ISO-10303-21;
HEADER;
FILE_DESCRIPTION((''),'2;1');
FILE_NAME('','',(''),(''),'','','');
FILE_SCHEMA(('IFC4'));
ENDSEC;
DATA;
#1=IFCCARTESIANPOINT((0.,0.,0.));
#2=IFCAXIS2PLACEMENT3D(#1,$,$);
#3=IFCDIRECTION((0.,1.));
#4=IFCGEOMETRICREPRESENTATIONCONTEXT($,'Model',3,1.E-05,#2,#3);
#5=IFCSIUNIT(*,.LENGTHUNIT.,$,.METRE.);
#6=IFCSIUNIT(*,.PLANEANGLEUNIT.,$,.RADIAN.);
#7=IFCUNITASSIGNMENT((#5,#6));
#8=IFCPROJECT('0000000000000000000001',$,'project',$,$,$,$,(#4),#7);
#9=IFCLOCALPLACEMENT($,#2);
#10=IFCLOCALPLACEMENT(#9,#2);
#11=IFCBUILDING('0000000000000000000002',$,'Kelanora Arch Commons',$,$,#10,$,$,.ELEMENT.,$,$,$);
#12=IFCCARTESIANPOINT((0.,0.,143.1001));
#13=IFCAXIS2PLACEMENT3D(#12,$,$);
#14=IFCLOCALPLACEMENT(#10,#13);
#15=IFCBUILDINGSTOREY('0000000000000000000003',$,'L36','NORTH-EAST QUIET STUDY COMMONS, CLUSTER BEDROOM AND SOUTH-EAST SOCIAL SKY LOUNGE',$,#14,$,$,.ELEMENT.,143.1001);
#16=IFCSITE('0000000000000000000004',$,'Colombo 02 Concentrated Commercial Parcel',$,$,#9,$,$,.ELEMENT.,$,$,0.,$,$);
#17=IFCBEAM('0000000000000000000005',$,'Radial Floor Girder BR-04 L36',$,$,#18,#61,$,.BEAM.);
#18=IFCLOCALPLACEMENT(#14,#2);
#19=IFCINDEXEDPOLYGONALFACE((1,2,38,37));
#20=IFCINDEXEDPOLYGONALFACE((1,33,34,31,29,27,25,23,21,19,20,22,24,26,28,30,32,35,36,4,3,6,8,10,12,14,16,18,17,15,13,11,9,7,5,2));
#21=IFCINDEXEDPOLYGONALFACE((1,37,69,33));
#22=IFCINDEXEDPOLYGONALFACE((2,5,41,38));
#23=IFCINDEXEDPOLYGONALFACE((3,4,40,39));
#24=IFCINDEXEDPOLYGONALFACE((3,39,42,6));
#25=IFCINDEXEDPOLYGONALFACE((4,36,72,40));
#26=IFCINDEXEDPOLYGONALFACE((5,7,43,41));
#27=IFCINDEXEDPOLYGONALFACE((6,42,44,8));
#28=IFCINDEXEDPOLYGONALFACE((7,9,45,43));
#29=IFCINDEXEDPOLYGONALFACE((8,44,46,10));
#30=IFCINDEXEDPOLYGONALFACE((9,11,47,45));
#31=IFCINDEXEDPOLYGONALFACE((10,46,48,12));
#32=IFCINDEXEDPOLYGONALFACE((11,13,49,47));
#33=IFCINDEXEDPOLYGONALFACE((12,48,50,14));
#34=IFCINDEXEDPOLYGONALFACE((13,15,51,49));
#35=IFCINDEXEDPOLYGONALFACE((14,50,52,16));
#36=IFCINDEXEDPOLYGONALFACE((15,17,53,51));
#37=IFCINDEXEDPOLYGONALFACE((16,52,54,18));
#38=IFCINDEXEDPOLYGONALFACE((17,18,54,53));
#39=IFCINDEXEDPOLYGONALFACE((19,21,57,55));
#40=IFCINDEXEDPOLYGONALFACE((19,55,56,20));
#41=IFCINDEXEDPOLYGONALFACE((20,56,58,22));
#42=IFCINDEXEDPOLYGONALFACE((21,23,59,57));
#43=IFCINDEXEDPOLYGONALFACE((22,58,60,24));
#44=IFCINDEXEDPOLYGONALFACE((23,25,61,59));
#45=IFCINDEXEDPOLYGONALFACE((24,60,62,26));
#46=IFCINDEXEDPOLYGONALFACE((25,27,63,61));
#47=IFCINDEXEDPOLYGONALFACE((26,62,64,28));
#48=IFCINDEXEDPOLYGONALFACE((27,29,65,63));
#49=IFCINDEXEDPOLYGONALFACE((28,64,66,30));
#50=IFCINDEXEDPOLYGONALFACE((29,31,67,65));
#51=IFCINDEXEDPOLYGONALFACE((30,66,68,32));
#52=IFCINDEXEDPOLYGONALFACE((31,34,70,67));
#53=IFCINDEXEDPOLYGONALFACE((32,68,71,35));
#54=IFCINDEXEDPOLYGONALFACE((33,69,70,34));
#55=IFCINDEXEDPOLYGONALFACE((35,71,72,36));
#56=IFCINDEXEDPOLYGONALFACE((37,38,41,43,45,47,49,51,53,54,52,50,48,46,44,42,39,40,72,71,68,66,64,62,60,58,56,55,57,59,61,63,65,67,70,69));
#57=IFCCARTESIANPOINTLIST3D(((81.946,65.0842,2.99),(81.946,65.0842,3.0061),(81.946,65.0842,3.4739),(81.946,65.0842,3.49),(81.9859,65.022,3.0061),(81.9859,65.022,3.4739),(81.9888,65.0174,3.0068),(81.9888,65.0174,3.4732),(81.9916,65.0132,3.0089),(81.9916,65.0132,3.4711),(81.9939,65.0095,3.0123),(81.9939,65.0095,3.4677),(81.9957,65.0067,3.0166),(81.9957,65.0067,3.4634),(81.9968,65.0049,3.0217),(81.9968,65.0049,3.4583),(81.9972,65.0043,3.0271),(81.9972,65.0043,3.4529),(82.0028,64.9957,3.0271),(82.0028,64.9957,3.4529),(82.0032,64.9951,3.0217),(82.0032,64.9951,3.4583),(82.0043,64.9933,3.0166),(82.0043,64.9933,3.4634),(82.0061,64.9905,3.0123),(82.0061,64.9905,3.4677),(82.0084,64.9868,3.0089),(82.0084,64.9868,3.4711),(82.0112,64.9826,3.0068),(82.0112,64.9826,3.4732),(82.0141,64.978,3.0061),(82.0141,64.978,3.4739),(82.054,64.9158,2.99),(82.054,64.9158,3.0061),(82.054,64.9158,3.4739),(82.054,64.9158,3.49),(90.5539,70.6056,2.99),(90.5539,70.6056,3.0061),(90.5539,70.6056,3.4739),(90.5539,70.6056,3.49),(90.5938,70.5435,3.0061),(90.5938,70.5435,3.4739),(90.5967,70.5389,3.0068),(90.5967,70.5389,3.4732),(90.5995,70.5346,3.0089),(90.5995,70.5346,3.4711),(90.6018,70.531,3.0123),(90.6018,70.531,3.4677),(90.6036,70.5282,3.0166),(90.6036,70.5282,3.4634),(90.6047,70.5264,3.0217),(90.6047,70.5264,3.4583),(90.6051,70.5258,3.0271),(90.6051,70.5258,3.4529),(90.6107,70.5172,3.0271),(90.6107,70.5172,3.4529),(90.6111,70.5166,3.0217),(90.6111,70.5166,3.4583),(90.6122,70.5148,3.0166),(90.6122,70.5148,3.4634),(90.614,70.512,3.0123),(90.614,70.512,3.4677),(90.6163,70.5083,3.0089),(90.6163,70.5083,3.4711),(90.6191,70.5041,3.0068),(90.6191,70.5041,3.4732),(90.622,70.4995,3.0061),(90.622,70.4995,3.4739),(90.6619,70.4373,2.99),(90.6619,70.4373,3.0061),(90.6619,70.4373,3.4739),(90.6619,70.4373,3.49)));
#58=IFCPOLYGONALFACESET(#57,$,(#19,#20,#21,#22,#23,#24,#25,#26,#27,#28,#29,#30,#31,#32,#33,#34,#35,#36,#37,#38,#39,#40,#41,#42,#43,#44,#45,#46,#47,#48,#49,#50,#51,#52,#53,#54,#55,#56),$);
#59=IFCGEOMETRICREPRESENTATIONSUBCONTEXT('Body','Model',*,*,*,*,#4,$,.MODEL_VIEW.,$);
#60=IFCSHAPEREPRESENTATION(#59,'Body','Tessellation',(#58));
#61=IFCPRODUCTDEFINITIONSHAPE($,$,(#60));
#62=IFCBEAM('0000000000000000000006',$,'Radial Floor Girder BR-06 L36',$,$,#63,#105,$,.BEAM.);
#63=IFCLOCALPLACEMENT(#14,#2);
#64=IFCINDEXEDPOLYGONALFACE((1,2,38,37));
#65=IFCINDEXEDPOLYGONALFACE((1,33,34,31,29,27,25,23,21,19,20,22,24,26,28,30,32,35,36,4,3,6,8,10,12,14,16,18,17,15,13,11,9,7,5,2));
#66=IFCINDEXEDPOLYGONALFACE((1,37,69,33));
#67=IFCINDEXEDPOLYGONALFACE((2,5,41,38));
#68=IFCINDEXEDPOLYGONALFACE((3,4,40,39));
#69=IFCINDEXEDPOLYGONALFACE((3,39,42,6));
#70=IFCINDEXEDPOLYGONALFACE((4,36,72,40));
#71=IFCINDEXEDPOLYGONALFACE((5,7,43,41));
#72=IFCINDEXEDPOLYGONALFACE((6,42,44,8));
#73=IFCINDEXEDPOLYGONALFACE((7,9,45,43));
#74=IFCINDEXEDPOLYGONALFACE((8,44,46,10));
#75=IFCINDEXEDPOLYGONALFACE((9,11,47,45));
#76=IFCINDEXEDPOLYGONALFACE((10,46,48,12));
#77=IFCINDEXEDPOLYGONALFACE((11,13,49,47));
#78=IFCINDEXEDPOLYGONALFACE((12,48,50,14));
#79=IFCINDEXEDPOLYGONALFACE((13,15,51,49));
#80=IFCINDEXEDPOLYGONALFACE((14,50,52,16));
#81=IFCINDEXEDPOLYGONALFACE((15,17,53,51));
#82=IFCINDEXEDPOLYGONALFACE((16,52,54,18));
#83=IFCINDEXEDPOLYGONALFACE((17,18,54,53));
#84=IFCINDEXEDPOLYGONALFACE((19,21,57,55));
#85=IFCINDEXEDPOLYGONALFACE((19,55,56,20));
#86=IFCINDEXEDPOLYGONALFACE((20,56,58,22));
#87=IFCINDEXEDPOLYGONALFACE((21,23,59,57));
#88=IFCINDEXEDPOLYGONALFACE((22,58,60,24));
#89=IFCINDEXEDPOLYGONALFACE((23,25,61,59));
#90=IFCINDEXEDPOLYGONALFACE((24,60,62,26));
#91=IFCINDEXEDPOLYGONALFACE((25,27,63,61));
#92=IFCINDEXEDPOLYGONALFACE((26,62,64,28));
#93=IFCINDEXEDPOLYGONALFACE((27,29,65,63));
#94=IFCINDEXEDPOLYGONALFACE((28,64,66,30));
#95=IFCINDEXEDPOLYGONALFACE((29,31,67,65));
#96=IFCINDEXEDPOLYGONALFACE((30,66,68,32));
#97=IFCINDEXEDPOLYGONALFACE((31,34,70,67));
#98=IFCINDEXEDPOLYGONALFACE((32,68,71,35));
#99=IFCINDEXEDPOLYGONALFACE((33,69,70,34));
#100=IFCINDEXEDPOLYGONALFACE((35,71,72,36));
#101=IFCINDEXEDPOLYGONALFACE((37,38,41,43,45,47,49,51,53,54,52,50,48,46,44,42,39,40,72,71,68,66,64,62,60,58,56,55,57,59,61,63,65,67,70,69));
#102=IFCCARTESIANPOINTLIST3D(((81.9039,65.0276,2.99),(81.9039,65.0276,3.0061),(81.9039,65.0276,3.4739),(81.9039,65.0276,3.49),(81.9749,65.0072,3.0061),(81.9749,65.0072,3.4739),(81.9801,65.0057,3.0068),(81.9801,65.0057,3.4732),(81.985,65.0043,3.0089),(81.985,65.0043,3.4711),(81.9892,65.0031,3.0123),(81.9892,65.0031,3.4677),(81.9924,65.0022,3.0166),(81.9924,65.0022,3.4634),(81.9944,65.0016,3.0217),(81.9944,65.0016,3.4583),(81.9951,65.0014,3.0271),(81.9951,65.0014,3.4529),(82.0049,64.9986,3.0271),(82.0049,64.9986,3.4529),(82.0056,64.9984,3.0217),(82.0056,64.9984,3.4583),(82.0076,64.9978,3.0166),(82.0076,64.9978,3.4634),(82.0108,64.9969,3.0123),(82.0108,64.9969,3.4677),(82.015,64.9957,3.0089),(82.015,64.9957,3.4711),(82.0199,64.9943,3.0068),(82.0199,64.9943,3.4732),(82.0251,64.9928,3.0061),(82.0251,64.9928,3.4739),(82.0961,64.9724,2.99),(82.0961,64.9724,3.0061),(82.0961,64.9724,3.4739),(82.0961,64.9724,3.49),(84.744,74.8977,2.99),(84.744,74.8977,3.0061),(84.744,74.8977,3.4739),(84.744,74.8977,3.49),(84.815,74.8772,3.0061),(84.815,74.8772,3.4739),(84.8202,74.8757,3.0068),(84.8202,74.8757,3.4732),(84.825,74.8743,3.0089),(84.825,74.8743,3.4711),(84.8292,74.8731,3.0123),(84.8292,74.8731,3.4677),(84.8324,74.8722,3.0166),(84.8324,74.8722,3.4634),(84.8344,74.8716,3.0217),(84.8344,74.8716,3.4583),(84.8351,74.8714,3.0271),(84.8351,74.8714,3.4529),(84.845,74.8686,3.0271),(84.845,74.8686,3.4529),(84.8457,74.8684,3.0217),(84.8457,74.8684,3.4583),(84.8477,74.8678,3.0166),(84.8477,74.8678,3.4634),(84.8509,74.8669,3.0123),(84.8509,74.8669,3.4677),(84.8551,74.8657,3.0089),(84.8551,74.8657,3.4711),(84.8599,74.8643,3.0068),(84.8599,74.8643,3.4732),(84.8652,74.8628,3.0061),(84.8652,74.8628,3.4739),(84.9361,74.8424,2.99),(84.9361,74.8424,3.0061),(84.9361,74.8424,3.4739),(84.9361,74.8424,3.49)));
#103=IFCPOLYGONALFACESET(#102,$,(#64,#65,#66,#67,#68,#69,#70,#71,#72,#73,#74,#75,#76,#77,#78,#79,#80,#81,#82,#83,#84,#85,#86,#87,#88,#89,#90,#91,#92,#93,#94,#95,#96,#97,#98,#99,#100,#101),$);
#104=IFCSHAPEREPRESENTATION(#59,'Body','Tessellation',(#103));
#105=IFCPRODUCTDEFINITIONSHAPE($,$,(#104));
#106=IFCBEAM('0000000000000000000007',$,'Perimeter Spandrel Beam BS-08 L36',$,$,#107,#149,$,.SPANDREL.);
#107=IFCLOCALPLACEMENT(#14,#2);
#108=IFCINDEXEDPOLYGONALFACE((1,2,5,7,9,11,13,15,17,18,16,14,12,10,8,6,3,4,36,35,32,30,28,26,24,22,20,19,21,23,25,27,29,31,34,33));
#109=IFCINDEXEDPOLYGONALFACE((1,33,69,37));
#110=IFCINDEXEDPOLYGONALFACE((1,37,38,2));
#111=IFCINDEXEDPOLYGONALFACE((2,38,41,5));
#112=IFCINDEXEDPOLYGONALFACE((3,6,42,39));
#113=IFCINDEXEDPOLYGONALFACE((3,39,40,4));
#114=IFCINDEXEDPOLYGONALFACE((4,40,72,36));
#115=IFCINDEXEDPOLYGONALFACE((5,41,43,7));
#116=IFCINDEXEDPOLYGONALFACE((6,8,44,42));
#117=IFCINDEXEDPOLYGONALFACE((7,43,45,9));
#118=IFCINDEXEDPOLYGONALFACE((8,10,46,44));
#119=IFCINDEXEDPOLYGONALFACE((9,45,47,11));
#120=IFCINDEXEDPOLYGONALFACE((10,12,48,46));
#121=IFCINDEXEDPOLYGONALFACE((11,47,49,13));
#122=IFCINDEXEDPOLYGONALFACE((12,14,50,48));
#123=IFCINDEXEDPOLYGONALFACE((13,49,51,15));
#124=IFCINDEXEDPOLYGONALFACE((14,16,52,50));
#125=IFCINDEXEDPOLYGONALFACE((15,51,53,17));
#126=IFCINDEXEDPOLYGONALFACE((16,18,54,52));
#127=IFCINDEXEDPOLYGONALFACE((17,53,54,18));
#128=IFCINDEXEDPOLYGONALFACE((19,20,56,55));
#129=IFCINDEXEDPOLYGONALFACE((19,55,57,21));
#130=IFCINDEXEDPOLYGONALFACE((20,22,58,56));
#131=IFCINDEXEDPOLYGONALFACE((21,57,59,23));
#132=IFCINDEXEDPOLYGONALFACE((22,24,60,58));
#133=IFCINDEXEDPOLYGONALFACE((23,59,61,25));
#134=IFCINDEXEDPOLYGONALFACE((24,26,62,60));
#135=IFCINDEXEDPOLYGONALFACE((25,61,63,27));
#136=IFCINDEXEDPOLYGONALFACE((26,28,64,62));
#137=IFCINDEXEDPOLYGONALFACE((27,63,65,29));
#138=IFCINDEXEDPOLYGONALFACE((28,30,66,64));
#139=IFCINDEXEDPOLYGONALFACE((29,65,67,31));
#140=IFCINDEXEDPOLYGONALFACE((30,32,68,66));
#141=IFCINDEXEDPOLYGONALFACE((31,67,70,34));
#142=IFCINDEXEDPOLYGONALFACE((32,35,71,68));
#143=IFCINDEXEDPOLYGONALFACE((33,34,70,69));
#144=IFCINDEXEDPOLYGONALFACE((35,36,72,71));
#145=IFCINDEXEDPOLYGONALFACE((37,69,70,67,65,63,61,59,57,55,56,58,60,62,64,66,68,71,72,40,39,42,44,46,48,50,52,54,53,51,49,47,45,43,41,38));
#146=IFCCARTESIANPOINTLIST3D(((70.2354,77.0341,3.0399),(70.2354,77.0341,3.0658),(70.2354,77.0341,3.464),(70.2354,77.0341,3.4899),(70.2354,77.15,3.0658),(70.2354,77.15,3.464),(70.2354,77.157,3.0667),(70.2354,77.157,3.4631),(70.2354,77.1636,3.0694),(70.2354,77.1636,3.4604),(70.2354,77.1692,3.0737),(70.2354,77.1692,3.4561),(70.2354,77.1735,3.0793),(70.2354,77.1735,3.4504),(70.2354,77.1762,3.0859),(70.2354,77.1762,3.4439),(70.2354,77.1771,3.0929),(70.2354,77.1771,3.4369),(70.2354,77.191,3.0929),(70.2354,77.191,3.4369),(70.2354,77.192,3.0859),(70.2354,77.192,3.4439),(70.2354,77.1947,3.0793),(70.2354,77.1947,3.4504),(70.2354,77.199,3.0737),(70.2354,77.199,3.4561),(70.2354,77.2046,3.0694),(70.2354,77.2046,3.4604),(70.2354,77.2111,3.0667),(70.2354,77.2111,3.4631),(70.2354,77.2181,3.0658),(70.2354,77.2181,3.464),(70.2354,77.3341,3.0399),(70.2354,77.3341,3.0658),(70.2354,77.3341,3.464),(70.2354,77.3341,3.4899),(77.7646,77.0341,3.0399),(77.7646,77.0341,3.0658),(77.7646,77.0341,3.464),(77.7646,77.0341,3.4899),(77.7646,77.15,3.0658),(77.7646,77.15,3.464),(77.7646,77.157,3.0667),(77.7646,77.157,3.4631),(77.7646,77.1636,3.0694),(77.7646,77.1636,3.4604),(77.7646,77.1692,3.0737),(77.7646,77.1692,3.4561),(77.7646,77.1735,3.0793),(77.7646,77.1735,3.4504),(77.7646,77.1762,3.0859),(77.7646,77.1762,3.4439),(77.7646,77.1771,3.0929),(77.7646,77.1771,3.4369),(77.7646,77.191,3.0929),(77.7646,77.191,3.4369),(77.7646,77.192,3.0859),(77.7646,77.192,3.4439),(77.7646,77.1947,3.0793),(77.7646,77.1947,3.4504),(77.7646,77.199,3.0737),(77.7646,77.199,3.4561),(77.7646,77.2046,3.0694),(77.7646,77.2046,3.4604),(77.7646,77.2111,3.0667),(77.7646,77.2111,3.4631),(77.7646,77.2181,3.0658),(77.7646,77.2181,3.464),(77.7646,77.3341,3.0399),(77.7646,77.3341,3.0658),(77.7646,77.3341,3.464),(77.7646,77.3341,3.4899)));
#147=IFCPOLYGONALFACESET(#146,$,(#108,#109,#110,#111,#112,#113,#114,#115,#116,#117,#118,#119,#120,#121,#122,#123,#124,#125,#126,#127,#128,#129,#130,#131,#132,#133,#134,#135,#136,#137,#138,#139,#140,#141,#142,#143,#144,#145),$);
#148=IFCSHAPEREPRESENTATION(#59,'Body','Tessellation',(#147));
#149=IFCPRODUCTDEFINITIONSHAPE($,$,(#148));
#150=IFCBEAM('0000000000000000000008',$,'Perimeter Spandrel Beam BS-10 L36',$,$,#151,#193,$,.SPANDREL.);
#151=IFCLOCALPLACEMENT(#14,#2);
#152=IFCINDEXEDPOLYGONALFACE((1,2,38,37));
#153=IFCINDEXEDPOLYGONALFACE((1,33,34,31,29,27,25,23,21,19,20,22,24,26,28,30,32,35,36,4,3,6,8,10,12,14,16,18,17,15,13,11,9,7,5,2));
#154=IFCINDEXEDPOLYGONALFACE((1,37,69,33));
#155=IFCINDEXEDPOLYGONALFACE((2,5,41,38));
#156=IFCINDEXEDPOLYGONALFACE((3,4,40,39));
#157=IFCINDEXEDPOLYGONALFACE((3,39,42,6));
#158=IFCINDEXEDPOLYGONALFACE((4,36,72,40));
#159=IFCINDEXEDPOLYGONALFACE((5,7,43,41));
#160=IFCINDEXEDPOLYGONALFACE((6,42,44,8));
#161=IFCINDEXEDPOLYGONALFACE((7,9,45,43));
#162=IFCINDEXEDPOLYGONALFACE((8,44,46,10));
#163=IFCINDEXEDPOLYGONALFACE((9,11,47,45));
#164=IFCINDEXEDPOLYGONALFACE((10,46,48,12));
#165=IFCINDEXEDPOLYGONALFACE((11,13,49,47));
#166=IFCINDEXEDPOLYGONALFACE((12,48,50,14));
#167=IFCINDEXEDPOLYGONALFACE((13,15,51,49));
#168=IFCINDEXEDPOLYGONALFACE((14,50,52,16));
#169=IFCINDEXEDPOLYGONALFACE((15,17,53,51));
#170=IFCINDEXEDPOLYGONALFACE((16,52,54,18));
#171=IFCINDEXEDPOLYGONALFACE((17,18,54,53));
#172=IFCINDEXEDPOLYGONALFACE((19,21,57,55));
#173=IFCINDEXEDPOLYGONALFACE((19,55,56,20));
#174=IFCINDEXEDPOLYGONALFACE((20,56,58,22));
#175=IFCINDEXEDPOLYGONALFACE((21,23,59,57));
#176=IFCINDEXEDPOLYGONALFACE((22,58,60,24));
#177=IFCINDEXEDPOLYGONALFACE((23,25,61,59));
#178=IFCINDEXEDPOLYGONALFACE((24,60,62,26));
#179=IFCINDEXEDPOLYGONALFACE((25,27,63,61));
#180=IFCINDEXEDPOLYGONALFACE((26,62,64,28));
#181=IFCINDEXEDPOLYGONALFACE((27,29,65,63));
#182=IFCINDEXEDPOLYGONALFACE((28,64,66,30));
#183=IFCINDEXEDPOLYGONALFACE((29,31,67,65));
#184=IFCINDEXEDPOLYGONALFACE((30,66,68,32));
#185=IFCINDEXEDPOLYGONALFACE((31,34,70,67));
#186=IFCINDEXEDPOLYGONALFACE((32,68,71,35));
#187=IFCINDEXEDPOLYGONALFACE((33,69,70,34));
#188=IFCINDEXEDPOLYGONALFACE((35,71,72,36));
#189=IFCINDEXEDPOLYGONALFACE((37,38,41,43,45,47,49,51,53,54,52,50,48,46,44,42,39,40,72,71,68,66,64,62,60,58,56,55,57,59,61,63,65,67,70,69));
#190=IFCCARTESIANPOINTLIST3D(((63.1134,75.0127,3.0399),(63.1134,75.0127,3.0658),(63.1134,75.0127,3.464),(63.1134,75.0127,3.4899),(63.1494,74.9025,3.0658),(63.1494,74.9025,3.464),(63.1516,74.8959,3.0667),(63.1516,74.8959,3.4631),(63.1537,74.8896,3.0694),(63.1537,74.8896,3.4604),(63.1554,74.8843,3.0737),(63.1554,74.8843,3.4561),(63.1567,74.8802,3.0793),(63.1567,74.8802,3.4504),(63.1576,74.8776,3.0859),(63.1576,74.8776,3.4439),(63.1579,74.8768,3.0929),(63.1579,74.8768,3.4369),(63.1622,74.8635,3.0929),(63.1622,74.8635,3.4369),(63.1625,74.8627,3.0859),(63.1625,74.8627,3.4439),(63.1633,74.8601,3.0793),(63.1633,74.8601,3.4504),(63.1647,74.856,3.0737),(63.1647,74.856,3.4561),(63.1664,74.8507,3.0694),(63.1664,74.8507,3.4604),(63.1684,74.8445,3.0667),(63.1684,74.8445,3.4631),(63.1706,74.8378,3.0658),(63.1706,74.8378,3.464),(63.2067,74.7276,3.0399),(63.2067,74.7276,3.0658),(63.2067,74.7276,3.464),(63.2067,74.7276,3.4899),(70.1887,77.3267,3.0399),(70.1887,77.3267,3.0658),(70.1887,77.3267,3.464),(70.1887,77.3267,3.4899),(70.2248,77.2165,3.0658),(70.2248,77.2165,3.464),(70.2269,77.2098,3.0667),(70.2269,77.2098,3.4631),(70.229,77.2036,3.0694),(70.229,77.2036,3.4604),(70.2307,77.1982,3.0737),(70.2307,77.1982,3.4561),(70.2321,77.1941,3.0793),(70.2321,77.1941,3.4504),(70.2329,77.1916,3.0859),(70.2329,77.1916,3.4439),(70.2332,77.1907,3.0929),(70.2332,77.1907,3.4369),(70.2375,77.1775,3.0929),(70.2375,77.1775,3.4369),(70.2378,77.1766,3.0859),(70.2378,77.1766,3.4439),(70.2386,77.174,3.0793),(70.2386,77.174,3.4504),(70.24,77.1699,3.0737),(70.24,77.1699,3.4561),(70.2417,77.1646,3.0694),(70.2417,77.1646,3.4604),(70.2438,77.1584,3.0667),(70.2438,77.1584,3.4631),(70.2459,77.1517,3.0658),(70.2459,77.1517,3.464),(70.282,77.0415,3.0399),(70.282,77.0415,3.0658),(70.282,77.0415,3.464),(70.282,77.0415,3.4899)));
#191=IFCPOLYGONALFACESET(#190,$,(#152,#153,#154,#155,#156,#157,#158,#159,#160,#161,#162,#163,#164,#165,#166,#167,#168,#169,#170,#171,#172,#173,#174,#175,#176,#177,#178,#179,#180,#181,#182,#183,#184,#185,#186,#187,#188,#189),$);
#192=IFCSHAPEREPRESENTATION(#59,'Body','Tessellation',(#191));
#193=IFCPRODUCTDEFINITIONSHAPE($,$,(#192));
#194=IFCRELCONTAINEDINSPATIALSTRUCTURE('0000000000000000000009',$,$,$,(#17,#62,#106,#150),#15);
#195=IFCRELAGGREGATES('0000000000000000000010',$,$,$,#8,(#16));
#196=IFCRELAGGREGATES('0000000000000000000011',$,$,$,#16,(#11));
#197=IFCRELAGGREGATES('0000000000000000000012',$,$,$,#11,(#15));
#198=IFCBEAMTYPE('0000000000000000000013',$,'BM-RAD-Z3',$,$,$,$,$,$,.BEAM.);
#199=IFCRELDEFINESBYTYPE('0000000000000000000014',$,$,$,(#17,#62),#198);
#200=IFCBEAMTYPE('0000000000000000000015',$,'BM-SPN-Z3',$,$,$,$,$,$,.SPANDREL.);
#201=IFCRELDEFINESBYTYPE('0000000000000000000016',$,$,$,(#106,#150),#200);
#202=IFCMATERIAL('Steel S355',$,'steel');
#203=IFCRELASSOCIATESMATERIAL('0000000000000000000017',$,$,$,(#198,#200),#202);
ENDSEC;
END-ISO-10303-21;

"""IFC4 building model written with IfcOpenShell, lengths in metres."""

from ifc_helpers import new_model, si_unit, direction, frame, origin, origin_2d, place, context, subcontext, project, spatial, i_section, extrude, material, material_profile, profile_set, type_object, element, save


model = new_model("IFC4")

# Units and contexts
model_context = context("Model", 3, precision=1e-05, world=origin(), true_north=direction((0.0, 1.0)))
body_context = subcontext(model_context, "Body", "Model", "MODEL_VIEW")
ifc_project = project(units=[si_unit("LENGTHUNIT", "METRE"), si_unit("PLANEANGLEUNIT", "RADIAN")], contexts=[model_context])

# Site, building, storey
site_placement = place(None, origin())
site = spatial("IfcSite", under=ifc_project, at=site_placement, Name="Colombo 02 Concentrated Commercial Parcel", CompositionType="ELEMENT", RefElevation=0.0)
building_placement = place(site_placement, origin())
building = spatial("IfcBuilding", under=site, at=building_placement, Name="Kelanora Arch Commons", CompositionType="ELEMENT")
storey_placement = place(building_placement, frame((0.0, 0.0, 143.1001)))
storey = spatial("IfcBuildingStorey", under=building, at=storey_placement, Name="L36", Description="NORTH-EAST QUIET STUDY COMMONS, CLUSTER BEDROOM AND SOUTH-EAST SOCIAL SKY LOUNGE", CompositionType="ELEMENT", Elevation=143.1001)

# Beams
ifc_material_1 = material(Name="Steel S355", Category="steel")
ifc_material_profile_1 = material_profile(ifc_material_1, i_section(OverallWidth=0.2, OverallDepth=0.5, WebThickness=0.0103, FlangeThickness=0.0161, FilletRadius=0.021, at=origin_2d()), Name="IPE500")
ifc_profile_set_1 = profile_set([ifc_material_profile_1], Name="Steel S355")
beam_type_1 = type_object("IfcBeamType", Name="BM-RAD-Z3", PredefinedType="BEAM", material=ifc_profile_set_1)
beam_1_placement = place(storey_placement, frame((82.0, 65.0, 3.24), z_axis=(0.841719, 0.539915, 0.0), x_axis=(-0.539915, 0.841719, 0.0)))
element("IfcBeam", 1, at=beam_1_placement, inside=storey, type_object=beam_type_1, Name="Radial Floor Girder BR-04 L36", PredefinedType="BEAM", context=body_context, shape_type="SweptSolid", body=[
    extrude(i_section(OverallWidth=0.2, OverallDepth=0.5, WebThickness=0.0103, FlangeThickness=0.0161, FilletRadius=0.021, at=origin_2d()), origin(), (0.0, 0.0, 1.0), 10.2266),
])
beam_2_placement = place(storey_placement, frame((82.0, 65.0, 3.24), z_axis=(0.276526, 0.961006, 0.0), x_axis=(-0.961006, 0.276526, 0.0)))
element("IfcBeam", 2, at=beam_2_placement, inside=storey, type_object=beam_type_1, Name="Radial Floor Girder BR-06 L36", PredefinedType="BEAM", context=body_context, shape_type="SweptSolid", body=[
    extrude(i_section(OverallWidth=0.2, OverallDepth=0.5, WebThickness=0.0103, FlangeThickness=0.0161, FilletRadius=0.021, at=origin_2d()), origin(), (0.0, 0.0, 1.0), 10.2705),
])
ifc_material_profile_2 = material_profile(ifc_material_1, i_section(OverallWidth=0.3, OverallDepth=0.45, WebThickness=0.0139, FlangeThickness=0.0259, FilletRadius=0.0271, at=origin_2d()), Name="HEB450")
ifc_profile_set_2 = profile_set([ifc_material_profile_2], Name="Steel S355")
beam_type_2 = type_object("IfcBeamType", Name="BM-SPN-Z3", PredefinedType="SPANDREL", material=ifc_profile_set_2)
beam_3_placement = place(storey_placement, frame((77.7646, 77.1841, 3.2649), z_axis=(-1.0, 0.0, 0.0), x_axis=(0.0, -1.0, 0.0)))
element("IfcBeam", 3, at=beam_3_placement, inside=storey, type_object=beam_type_2, Name="Perimeter Spandrel Beam BS-08 L36", PredefinedType="SPANDREL", context=body_context, shape_type="SweptSolid", body=[
    extrude(i_section(OverallWidth=0.3, OverallDepth=0.45, WebThickness=0.0139, FlangeThickness=0.0259, FilletRadius=0.0271, at=origin_2d()), origin(), (0.0, 0.0, 1.0), 7.5293),
])
beam_4_placement = place(storey_placement, frame((70.2354, 77.1841, 3.2649), z_axis=(-0.950462, -0.310841, 0.0), x_axis=(0.310841, -0.950462, 0.0)))
element("IfcBeam", 4, at=beam_4_placement, inside=storey, type_object=beam_type_2, Name="Perimeter Spandrel Beam BS-10 L36", PredefinedType="SPANDREL", context=body_context, shape_type="SweptSolid", body=[
    extrude(i_section(OverallWidth=0.3, OverallDepth=0.45, WebThickness=0.0139, FlangeThickness=0.0259, FilletRadius=0.0271, at=origin_2d()), origin(), (0.0, 0.0, 1.0), 7.4441),
])

save(model, "model.ifc")
